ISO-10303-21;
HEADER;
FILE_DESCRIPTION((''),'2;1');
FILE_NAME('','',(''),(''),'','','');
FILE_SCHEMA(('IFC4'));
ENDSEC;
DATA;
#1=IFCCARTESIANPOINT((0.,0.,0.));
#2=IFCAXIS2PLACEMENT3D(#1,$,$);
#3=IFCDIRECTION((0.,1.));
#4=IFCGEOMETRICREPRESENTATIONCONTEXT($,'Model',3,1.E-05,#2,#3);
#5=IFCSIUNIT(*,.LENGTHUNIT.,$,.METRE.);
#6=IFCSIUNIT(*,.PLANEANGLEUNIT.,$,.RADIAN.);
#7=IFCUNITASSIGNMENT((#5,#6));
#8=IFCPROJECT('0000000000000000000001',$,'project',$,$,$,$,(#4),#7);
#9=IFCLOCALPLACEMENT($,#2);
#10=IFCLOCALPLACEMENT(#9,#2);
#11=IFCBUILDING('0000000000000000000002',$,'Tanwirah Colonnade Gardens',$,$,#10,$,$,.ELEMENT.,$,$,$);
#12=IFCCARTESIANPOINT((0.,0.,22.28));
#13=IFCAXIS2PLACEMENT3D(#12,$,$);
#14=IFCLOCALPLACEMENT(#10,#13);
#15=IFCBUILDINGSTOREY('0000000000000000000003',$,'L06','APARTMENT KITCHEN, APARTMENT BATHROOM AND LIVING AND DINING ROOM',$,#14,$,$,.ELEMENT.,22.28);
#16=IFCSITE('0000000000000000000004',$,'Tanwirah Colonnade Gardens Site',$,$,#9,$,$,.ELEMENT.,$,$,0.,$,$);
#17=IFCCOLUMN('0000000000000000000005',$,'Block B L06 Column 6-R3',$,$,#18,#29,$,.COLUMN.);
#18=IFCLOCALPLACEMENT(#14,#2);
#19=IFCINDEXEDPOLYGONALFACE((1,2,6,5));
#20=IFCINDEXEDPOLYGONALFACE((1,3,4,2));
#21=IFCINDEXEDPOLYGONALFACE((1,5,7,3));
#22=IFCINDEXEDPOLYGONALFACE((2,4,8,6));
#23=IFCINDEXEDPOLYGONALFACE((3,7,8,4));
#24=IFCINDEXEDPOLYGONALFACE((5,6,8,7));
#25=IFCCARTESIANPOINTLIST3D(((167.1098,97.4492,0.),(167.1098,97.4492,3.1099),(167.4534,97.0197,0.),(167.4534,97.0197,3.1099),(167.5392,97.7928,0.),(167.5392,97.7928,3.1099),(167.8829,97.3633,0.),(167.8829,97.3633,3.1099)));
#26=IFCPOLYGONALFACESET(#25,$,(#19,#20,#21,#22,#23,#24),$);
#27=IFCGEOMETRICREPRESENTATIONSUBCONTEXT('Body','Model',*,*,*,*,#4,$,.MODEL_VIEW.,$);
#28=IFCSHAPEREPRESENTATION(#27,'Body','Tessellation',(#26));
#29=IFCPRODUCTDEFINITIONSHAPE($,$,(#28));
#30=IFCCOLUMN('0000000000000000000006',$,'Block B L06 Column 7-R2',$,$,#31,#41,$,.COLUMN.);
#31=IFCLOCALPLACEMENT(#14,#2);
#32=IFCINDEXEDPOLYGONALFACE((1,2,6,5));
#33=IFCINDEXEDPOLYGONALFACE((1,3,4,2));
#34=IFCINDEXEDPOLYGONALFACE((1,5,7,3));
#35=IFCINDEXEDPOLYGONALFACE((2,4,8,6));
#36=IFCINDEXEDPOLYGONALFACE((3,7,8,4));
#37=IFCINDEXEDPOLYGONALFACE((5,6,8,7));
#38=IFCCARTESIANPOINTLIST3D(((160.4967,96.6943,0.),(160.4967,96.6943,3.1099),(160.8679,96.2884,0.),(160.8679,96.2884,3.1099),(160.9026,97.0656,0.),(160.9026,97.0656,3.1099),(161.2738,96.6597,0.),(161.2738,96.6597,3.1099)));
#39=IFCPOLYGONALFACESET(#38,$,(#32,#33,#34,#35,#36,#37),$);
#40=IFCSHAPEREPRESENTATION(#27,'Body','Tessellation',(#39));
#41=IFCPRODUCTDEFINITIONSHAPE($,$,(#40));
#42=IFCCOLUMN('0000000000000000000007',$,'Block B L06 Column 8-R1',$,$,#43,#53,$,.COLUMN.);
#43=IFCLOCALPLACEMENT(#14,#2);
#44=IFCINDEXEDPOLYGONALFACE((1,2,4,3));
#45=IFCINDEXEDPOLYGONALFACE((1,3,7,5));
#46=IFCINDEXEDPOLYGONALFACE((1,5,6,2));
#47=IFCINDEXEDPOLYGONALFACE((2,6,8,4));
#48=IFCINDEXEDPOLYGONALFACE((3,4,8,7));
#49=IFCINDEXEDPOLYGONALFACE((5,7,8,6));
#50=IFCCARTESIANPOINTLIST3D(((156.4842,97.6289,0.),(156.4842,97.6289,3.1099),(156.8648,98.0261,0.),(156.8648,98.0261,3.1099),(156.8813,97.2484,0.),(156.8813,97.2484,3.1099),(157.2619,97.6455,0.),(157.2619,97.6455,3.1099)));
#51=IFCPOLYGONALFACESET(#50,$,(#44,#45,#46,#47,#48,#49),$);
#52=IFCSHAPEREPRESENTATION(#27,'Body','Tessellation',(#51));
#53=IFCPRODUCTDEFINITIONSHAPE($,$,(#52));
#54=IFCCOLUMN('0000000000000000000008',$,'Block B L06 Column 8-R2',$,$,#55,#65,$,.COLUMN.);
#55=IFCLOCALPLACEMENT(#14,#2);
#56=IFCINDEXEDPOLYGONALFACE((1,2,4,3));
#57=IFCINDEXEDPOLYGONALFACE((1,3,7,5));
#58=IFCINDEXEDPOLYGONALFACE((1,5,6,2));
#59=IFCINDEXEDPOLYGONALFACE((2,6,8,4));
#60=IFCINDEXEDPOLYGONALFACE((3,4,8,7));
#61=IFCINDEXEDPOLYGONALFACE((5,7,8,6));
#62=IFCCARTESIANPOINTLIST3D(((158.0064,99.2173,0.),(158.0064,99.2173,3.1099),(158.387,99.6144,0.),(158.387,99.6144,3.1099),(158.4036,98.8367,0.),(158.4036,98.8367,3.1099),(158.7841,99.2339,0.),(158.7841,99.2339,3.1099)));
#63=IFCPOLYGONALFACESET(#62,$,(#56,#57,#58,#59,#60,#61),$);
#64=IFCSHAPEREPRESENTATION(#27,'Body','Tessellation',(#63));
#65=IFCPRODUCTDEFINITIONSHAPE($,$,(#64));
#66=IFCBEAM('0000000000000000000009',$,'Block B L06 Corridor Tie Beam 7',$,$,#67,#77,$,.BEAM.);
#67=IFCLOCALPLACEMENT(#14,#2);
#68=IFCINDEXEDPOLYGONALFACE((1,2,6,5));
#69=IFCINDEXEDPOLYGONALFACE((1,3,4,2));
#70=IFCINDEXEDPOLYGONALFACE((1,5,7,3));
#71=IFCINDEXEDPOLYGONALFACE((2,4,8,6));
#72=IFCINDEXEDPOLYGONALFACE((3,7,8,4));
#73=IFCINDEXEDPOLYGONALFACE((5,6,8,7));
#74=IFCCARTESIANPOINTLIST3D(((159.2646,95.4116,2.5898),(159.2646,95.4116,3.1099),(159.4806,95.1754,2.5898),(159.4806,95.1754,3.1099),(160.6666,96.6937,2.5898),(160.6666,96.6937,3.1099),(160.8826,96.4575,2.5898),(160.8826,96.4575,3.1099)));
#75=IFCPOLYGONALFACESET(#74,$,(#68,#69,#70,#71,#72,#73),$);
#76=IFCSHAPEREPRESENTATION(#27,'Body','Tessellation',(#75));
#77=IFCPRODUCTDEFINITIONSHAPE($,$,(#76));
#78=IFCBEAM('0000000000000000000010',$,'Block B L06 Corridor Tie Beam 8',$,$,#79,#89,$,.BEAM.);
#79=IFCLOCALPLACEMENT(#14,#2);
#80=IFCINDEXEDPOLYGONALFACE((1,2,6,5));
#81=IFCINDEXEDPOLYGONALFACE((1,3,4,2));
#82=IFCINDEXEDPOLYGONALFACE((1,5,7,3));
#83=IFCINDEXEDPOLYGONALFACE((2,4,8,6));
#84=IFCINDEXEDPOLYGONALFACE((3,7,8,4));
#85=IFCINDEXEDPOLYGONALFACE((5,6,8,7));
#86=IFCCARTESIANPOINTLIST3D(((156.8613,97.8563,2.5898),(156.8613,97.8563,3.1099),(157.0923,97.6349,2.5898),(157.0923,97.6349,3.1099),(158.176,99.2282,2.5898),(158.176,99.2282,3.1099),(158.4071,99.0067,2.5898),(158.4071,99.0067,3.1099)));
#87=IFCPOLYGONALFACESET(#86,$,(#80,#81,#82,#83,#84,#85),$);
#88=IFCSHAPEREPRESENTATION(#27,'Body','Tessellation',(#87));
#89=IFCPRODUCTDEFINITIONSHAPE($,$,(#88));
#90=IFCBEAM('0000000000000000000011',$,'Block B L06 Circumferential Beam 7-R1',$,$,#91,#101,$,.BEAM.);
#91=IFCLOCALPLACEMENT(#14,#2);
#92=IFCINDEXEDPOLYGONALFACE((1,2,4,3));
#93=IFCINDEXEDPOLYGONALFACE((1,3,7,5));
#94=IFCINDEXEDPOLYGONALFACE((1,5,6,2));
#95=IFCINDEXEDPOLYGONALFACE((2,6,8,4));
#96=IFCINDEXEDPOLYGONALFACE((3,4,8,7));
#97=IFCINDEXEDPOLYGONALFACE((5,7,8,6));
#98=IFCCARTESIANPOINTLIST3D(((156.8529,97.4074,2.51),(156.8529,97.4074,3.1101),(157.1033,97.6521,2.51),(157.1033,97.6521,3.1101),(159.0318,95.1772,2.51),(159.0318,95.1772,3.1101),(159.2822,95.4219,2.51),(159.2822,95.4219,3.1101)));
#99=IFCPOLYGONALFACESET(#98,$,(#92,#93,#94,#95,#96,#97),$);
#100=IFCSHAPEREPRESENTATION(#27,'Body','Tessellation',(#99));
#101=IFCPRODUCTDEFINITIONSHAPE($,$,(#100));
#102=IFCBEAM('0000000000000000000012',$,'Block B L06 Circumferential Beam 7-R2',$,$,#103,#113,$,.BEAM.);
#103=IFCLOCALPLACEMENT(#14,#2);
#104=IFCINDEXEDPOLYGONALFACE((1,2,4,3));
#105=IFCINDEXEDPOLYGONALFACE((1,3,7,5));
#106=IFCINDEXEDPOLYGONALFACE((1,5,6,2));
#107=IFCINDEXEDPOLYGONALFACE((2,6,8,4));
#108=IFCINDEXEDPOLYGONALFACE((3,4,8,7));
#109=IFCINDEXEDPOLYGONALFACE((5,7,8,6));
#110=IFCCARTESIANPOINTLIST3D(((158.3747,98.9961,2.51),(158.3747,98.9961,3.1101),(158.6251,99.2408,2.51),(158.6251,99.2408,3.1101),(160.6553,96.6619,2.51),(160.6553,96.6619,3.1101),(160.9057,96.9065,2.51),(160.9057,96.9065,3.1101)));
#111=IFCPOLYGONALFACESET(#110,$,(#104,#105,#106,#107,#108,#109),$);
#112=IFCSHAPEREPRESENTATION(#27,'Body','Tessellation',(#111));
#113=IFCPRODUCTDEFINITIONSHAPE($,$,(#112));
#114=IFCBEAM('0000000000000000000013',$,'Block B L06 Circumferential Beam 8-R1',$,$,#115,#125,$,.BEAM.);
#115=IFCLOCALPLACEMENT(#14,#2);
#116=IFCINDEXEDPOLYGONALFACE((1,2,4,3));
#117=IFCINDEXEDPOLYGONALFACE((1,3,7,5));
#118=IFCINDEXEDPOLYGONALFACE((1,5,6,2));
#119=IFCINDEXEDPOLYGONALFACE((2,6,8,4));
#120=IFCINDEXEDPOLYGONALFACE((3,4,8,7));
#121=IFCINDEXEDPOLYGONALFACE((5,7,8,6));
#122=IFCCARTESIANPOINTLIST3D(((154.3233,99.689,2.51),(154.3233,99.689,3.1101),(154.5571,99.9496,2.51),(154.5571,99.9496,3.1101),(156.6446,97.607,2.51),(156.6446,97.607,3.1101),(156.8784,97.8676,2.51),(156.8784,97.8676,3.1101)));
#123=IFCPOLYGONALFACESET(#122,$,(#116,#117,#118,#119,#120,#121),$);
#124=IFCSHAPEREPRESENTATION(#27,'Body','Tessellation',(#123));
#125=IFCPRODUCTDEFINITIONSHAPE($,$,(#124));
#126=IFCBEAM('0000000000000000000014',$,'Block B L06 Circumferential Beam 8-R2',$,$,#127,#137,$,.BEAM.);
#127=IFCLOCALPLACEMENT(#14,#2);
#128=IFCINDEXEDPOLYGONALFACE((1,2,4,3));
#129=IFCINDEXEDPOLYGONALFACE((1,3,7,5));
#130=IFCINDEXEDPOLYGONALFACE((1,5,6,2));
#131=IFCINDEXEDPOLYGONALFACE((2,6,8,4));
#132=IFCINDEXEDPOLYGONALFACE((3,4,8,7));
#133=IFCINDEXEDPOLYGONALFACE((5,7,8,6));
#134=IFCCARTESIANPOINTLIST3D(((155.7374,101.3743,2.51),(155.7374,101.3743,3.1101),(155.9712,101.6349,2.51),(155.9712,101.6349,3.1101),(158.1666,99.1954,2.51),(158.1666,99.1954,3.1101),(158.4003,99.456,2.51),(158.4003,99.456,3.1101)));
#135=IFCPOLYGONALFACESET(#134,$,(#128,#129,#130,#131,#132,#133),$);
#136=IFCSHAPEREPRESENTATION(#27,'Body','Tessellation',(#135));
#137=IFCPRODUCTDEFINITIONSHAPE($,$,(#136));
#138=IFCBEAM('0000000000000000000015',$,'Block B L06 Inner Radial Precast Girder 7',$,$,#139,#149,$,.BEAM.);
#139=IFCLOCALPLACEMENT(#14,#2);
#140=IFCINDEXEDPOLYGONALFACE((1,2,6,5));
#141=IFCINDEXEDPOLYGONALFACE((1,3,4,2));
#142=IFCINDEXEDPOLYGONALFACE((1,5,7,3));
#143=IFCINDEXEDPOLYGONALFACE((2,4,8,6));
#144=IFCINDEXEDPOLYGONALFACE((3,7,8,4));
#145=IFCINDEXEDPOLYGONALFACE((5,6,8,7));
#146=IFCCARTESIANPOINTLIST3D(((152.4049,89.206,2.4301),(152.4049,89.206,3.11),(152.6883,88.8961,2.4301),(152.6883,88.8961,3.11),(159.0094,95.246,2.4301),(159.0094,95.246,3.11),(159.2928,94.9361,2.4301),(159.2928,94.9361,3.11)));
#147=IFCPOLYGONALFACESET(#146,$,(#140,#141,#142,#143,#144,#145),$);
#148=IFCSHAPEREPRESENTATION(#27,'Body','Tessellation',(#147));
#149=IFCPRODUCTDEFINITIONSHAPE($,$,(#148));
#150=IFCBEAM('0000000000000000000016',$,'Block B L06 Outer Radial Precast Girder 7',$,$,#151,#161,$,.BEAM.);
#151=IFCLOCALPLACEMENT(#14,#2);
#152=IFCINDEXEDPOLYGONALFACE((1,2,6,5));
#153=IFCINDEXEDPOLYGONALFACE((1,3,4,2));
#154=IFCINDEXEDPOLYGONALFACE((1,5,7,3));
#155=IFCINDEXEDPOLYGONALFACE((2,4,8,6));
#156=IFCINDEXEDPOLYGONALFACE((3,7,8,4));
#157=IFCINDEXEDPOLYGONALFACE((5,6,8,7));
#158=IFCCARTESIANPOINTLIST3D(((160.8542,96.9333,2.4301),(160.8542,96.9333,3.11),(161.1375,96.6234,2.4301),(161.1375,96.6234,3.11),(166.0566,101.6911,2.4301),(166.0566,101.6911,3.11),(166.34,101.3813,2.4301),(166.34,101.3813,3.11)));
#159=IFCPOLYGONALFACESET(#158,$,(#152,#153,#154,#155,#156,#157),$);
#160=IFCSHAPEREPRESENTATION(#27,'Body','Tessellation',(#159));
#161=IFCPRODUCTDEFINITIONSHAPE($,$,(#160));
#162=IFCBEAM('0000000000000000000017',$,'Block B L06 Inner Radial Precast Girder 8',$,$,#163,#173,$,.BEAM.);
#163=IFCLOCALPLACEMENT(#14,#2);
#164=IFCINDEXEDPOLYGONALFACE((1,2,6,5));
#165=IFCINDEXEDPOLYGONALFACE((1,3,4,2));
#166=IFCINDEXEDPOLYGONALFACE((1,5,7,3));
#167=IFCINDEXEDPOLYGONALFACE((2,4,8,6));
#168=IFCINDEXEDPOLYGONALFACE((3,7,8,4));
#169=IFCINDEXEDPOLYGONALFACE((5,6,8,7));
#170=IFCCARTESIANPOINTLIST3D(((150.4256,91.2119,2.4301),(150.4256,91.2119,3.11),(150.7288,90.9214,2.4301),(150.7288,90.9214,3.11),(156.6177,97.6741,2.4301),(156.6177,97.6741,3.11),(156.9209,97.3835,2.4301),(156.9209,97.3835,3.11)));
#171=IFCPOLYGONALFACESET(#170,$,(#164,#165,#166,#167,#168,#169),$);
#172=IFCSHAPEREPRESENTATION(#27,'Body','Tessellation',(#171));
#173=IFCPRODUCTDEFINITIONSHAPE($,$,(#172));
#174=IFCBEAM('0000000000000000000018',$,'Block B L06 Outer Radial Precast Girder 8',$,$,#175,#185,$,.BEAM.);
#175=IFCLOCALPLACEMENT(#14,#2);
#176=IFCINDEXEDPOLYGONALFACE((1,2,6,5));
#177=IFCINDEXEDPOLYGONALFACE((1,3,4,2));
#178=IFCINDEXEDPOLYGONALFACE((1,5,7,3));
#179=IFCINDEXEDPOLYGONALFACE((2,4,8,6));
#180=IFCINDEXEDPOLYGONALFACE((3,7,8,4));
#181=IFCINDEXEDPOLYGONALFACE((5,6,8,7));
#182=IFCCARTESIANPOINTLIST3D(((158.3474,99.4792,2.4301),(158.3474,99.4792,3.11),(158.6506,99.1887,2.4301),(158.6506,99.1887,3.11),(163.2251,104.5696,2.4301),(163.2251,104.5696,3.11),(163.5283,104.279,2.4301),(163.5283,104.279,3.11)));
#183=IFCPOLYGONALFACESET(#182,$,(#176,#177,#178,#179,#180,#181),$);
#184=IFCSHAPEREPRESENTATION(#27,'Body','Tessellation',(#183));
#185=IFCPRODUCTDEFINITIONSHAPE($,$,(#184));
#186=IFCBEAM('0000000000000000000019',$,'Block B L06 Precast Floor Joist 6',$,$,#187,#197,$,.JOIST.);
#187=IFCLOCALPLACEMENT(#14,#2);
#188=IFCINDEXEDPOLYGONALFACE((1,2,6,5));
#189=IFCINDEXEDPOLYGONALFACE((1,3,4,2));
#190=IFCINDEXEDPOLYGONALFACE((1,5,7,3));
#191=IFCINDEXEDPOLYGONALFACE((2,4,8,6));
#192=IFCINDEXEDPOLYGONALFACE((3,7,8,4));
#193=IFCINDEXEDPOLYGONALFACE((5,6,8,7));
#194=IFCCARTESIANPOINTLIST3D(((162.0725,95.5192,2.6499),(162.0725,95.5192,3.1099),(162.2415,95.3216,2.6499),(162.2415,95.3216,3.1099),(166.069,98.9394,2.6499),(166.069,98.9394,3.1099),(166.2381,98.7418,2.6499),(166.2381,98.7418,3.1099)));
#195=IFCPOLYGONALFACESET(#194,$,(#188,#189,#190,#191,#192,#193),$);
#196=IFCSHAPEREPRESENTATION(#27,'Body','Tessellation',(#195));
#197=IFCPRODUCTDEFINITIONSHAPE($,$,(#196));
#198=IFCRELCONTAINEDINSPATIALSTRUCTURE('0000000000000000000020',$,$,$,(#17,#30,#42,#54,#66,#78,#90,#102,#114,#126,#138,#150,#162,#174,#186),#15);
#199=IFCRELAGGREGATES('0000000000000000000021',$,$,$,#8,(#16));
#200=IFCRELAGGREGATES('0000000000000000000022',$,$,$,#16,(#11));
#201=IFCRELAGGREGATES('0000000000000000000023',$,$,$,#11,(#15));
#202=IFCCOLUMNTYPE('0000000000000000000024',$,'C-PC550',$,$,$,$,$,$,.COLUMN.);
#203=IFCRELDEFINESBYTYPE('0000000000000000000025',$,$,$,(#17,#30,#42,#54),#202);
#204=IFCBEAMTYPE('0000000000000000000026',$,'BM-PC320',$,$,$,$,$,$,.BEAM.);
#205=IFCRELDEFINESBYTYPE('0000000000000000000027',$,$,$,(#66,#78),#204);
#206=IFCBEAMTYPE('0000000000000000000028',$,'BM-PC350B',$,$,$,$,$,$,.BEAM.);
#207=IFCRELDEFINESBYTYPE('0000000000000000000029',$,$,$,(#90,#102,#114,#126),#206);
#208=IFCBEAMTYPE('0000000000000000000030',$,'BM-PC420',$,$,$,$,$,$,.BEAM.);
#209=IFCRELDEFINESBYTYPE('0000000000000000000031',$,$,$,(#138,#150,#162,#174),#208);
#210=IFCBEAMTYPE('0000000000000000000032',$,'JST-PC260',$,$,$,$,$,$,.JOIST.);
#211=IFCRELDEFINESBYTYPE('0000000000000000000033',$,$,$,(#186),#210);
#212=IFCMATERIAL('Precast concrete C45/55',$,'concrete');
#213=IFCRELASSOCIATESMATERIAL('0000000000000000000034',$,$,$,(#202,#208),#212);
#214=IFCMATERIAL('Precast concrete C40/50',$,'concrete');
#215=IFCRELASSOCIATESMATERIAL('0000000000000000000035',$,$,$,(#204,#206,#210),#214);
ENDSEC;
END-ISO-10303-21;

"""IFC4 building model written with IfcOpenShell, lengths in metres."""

from ifc_helpers import new_model, si_unit, direction, frame, origin, origin_2d, place, context, subcontext, project, spatial, rectangle, extrude, material, material_profile, profile_set, type_object, element, save


model = new_model("IFC4")

# Units and contexts
model_context = context("Model", 3, precision=1e-05, world=origin(), true_north=direction((0.0, 1.0)))
body_context = subcontext(model_context, "Body", "Model", "MODEL_VIEW")
ifc_project = project(units=[si_unit("LENGTHUNIT", "METRE"), si_unit("PLANEANGLEUNIT", "RADIAN")], contexts=[model_context])

# Site, building, storey
site_placement = place(None, origin())
site = spatial("IfcSite", under=ifc_project, at=site_placement, Name="Tanwirah Colonnade Gardens Site", CompositionType="ELEMENT", RefElevation=0.0)
building_placement = place(site_placement, origin())
building = spatial("IfcBuilding", under=site, at=building_placement, Name="Tanwirah Colonnade Gardens", CompositionType="ELEMENT")
storey_placement = place(building_placement, frame((0.0, 0.0, 22.28)))
storey = spatial("IfcBuildingStorey", under=building, at=storey_placement, Name="L06", Description="APARTMENT KITCHEN, APARTMENT BATHROOM AND LIVING AND DINING ROOM", CompositionType="ELEMENT", Elevation=22.28)

# Columns
ifc_material_1 = material(Name="Precast concrete C45/55", Category="concrete")
ifc_material_profile_1 = material_profile(ifc_material_1, rectangle(XDim=0.55, YDim=0.55, at=origin_2d()), Name="PC-COL 550x550")
ifc_profile_set_1 = profile_set([ifc_material_profile_1], Name="Precast concrete C45/55")
column_type = type_object("IfcColumnType", Name="C-PC550", PredefinedType="COLUMN", material=ifc_profile_set_1)
for number, where, z_axis, x_axis, name in (
    (1, (167.4963, 97.4062, 0.0), (0.0, 0.0, 1.0), (0.780794, 0.624789, 0.0), "Block B L06 Column 6-R3"),
    (2, (160.8853, 96.677, 0.0), (0.0, 0.0, 1.0), (0.737932, 0.674875, 0.0), "Block B L06 Column 7-R2"),
    (3, (156.873, 97.6372, 0.0), (0.0, 0.0, 1.0), (0.691863, 0.722029, 0.0), "Block B L06 Column 8-R1"),
    (4, (158.3953, 99.2256, 0.0), (0.0, 0.0, 1.0), (0.691863, 0.722029, 0.0), "Block B L06 Column 8-R2"),
):
    element("IfcColumn", number, at=place(storey_placement, frame(where, z_axis=z_axis, x_axis=x_axis)), inside=storey, type_object=column_type, Name=name, PredefinedType="COLUMN", context=body_context, shape_type="SweptSolid", body=[
        extrude(rectangle(XDim=0.55, YDim=0.55, at=origin_2d()), origin(), (0.0, 0.0, 1.0), 3.1099),
    ])

# Beams
ifc_material_2 = material(Name="Precast concrete C40/50", Category="concrete")
ifc_material_profile_2 = material_profile(ifc_material_2, rectangle(XDim=0.3201, YDim=0.52, at=origin_2d()), Name="PC-BM 320x520")
ifc_profile_set_2 = profile_set([ifc_material_profile_2], Name="Precast concrete C40/50")
beam_type_1 = type_object("IfcBeamType", Name="BM-PC320", PredefinedType="BEAM", material=ifc_profile_set_2)
beam_1_placement = place(storey_placement, frame((159.3726, 95.2935, 2.8499), z_axis=(0.737948, 0.674857, 0.0), x_axis=(-0.674857, 0.737948, 0.0)))
element("IfcBeam", 5, at=beam_1_placement, inside=storey, type_object=beam_type_1, Name="Block B L06 Corridor Tie Beam 7", PredefinedType="BEAM", context=body_context, shape_type="SweptSolid", body=[
    extrude(rectangle(XDim=0.3201, YDim=0.52, at=origin_2d()), origin(), (0.0, 0.0, 1.0), 1.8999),
])
beam_2_placement = place(storey_placement, frame((156.9768, 97.7456, 2.8499), z_axis=(0.691914, 0.72198, 0.0), x_axis=(-0.72198, 0.691914, 0.0)))
element("IfcBeam", 6, at=beam_2_placement, inside=storey, type_object=beam_type_1, Name="Block B L06 Corridor Tie Beam 8", PredefinedType="BEAM", context=body_context, shape_type="SweptSolid", body=[
    extrude(rectangle(XDim=0.3201, YDim=0.52, at=origin_2d()), origin(), (0.0, 0.0, 1.0), 1.9001),
])
ifc_material_profile_3 = material_profile(ifc_material_2, rectangle(XDim=0.3501, YDim=0.6001, at=origin_2d()), Name="PC-BM 350x600")
ifc_profile_set_3 = profile_set([ifc_material_profile_3], Name="Precast concrete C40/50")
beam_type_2 = type_object("IfcBeamType", Name="BM-PC350B", PredefinedType="BEAM", material=ifc_profile_set_3)
beam_3_placement = place(storey_placement, frame((159.157, 95.2996, 2.8101), z_axis=(-0.698837, 0.715281, 0.0), x_axis=(-0.715281, -0.698837, 0.0)))
element("IfcBeam", 7, at=beam_3_placement, inside=storey, type_object=beam_type_2, Name="Block B L06 Circumferential Beam 7-R1", PredefinedType="BEAM", context=body_context, shape_type="SweptSolid", body=[
    extrude(rectangle(XDim=0.3501, YDim=0.6001, at=origin_2d()), origin(), (0.0, 0.0, 1.0), 3.1179),
])
beam_4_placement = place(storey_placement, frame((160.7805, 96.7842, 2.8101), z_axis=(-0.698829, 0.715288, 0.0), x_axis=(-0.715288, -0.698829, 0.0)))
element("IfcBeam", 8, at=beam_4_placement, inside=storey, type_object=beam_type_2, Name="Block B L06 Circumferential Beam 7-R2", PredefinedType="BEAM", context=body_context, shape_type="SweptSolid", body=[
    extrude(rectangle(XDim=0.3501, YDim=0.6001, at=origin_2d()), origin(), (0.0, 0.0, 1.0), 3.2634),
])
beam_5_placement = place(storey_placement, frame((156.7615, 97.7373, 2.8101), z_axis=(-0.74443, 0.667701, 0.0), x_axis=(-0.667701, -0.74443, 0.0)))
element("IfcBeam", 9, at=beam_5_placement, inside=storey, type_object=beam_type_2, Name="Block B L06 Circumferential Beam 8-R1", PredefinedType="BEAM", context=body_context, shape_type="SweptSolid", body=[
    extrude(rectangle(XDim=0.3501, YDim=0.6001, at=origin_2d()), origin(), (0.0, 0.0, 1.0), 3.1182),
])
beam_6_placement = place(storey_placement, frame((158.2834, 99.3257, 2.8101), z_axis=(-0.744409, 0.667724, 0.0), x_axis=(-0.667724, -0.744409, 0.0)))
element("IfcBeam", 10, at=beam_6_placement, inside=storey, type_object=beam_type_2, Name="Block B L06 Circumferential Beam 8-R2", PredefinedType="BEAM", context=body_context, shape_type="SweptSolid", body=[
    extrude(rectangle(XDim=0.3501, YDim=0.6001, at=origin_2d()), origin(), (0.0, 0.0, 1.0), 3.2632),
])
ifc_material_profile_4 = material_profile(ifc_material_1, rectangle(XDim=0.4199, YDim=0.6799, at=origin_2d()), Name="PC-BM 420x680")
ifc_profile_set_4 = profile_set([ifc_material_profile_4], Name="Precast concrete C45/55")
beam_type_3 = type_object("IfcBeamType", Name="BM-PC420", PredefinedType="BEAM", material=ifc_profile_set_4)
beam_7_placement = place(storey_placement, frame((159.1511, 95.0911, 2.77), z_axis=(-0.737937, -0.674869, 0.0), x_axis=(0.674869, -0.737937, 0.0)))
element("IfcBeam", 11, at=beam_7_placement, inside=storey, type_object=beam_type_3, Name="Block B L06 Inner Radial Precast Girder 7", PredefinedType="BEAM", context=body_context, shape_type="SweptSolid", body=[
    extrude(rectangle(XDim=0.4199, YDim=0.6799, at=origin_2d()), origin(), (0.0, 0.0, 1.0), 8.95),
])
beam_8_placement = place(storey_placement, frame((160.9958, 96.7783, 2.77), z_axis=(0.737934, 0.674873, 0.0), x_axis=(-0.674873, 0.737934, 0.0)))
element("IfcBeam", 12, at=beam_8_placement, inside=storey, type_object=beam_type_3, Name="Block B L06 Outer Radial Precast Girder 7", PredefinedType="BEAM", context=body_context, shape_type="SweptSolid", body=[
    extrude(rectangle(XDim=0.4199, YDim=0.6799, at=origin_2d()), origin(), (0.0, 0.0, 1.0), 7.05),
])
beam_9_placement = place(storey_placement, frame((156.7693, 97.5288, 2.77), z_axis=(-0.691861, -0.722031, 0.0), x_axis=(0.722031, -0.691861, 0.0)))
element("IfcBeam", 13, at=beam_9_placement, inside=storey, type_object=beam_type_3, Name="Block B L06 Inner Radial Precast Girder 8", PredefinedType="BEAM", context=body_context, shape_type="SweptSolid", body=[
    extrude(rectangle(XDim=0.4199, YDim=0.6799, at=origin_2d()), origin(), (0.0, 0.0, 1.0), 8.95),
])
beam_10_placement = place(storey_placement, frame((158.499, 99.334, 2.77), z_axis=(0.691865, 0.722027, 0.0), x_axis=(-0.722027, 0.691865, 0.0)))
element("IfcBeam", 14, at=beam_10_placement, inside=storey, type_object=beam_type_3, Name="Block B L06 Outer Radial Precast Girder 8", PredefinedType="BEAM", context=body_context, shape_type="SweptSolid", body=[
    extrude(rectangle(XDim=0.4199, YDim=0.6799, at=origin_2d()), origin(), (0.0, 0.0, 1.0), 7.05),
])
ifc_material_profile_5 = material_profile(ifc_material_2, rectangle(XDim=0.26, YDim=0.46, at=origin_2d()), Name="PC-JST 260x460")
ifc_profile_set_5 = profile_set([ifc_material_profile_5], Name="Precast concrete C40/50")
beam_type_4 = type_object("IfcBeamType", Name="JST-PC260", PredefinedType="JOIST", material=ifc_profile_set_5)
beam_11_placement = place(storey_placement, frame((162.157, 95.4204, 2.8799), z_axis=(0.759771, 0.650191, 0.0), x_axis=(-0.650191, 0.759771, 0.0)))
element("IfcBeam", 15, at=beam_11_placement, inside=storey, type_object=beam_type_4, Name="Block B L06 Precast Floor Joist 6", PredefinedType="JOIST", context=body_context, shape_type="SweptSolid", body=[
    extrude(rectangle(XDim=0.26, YDim=0.46, at=origin_2d()), origin(), (0.0, 0.0, 1.0), 5.2603),
])

save(model, "model.ifc")
